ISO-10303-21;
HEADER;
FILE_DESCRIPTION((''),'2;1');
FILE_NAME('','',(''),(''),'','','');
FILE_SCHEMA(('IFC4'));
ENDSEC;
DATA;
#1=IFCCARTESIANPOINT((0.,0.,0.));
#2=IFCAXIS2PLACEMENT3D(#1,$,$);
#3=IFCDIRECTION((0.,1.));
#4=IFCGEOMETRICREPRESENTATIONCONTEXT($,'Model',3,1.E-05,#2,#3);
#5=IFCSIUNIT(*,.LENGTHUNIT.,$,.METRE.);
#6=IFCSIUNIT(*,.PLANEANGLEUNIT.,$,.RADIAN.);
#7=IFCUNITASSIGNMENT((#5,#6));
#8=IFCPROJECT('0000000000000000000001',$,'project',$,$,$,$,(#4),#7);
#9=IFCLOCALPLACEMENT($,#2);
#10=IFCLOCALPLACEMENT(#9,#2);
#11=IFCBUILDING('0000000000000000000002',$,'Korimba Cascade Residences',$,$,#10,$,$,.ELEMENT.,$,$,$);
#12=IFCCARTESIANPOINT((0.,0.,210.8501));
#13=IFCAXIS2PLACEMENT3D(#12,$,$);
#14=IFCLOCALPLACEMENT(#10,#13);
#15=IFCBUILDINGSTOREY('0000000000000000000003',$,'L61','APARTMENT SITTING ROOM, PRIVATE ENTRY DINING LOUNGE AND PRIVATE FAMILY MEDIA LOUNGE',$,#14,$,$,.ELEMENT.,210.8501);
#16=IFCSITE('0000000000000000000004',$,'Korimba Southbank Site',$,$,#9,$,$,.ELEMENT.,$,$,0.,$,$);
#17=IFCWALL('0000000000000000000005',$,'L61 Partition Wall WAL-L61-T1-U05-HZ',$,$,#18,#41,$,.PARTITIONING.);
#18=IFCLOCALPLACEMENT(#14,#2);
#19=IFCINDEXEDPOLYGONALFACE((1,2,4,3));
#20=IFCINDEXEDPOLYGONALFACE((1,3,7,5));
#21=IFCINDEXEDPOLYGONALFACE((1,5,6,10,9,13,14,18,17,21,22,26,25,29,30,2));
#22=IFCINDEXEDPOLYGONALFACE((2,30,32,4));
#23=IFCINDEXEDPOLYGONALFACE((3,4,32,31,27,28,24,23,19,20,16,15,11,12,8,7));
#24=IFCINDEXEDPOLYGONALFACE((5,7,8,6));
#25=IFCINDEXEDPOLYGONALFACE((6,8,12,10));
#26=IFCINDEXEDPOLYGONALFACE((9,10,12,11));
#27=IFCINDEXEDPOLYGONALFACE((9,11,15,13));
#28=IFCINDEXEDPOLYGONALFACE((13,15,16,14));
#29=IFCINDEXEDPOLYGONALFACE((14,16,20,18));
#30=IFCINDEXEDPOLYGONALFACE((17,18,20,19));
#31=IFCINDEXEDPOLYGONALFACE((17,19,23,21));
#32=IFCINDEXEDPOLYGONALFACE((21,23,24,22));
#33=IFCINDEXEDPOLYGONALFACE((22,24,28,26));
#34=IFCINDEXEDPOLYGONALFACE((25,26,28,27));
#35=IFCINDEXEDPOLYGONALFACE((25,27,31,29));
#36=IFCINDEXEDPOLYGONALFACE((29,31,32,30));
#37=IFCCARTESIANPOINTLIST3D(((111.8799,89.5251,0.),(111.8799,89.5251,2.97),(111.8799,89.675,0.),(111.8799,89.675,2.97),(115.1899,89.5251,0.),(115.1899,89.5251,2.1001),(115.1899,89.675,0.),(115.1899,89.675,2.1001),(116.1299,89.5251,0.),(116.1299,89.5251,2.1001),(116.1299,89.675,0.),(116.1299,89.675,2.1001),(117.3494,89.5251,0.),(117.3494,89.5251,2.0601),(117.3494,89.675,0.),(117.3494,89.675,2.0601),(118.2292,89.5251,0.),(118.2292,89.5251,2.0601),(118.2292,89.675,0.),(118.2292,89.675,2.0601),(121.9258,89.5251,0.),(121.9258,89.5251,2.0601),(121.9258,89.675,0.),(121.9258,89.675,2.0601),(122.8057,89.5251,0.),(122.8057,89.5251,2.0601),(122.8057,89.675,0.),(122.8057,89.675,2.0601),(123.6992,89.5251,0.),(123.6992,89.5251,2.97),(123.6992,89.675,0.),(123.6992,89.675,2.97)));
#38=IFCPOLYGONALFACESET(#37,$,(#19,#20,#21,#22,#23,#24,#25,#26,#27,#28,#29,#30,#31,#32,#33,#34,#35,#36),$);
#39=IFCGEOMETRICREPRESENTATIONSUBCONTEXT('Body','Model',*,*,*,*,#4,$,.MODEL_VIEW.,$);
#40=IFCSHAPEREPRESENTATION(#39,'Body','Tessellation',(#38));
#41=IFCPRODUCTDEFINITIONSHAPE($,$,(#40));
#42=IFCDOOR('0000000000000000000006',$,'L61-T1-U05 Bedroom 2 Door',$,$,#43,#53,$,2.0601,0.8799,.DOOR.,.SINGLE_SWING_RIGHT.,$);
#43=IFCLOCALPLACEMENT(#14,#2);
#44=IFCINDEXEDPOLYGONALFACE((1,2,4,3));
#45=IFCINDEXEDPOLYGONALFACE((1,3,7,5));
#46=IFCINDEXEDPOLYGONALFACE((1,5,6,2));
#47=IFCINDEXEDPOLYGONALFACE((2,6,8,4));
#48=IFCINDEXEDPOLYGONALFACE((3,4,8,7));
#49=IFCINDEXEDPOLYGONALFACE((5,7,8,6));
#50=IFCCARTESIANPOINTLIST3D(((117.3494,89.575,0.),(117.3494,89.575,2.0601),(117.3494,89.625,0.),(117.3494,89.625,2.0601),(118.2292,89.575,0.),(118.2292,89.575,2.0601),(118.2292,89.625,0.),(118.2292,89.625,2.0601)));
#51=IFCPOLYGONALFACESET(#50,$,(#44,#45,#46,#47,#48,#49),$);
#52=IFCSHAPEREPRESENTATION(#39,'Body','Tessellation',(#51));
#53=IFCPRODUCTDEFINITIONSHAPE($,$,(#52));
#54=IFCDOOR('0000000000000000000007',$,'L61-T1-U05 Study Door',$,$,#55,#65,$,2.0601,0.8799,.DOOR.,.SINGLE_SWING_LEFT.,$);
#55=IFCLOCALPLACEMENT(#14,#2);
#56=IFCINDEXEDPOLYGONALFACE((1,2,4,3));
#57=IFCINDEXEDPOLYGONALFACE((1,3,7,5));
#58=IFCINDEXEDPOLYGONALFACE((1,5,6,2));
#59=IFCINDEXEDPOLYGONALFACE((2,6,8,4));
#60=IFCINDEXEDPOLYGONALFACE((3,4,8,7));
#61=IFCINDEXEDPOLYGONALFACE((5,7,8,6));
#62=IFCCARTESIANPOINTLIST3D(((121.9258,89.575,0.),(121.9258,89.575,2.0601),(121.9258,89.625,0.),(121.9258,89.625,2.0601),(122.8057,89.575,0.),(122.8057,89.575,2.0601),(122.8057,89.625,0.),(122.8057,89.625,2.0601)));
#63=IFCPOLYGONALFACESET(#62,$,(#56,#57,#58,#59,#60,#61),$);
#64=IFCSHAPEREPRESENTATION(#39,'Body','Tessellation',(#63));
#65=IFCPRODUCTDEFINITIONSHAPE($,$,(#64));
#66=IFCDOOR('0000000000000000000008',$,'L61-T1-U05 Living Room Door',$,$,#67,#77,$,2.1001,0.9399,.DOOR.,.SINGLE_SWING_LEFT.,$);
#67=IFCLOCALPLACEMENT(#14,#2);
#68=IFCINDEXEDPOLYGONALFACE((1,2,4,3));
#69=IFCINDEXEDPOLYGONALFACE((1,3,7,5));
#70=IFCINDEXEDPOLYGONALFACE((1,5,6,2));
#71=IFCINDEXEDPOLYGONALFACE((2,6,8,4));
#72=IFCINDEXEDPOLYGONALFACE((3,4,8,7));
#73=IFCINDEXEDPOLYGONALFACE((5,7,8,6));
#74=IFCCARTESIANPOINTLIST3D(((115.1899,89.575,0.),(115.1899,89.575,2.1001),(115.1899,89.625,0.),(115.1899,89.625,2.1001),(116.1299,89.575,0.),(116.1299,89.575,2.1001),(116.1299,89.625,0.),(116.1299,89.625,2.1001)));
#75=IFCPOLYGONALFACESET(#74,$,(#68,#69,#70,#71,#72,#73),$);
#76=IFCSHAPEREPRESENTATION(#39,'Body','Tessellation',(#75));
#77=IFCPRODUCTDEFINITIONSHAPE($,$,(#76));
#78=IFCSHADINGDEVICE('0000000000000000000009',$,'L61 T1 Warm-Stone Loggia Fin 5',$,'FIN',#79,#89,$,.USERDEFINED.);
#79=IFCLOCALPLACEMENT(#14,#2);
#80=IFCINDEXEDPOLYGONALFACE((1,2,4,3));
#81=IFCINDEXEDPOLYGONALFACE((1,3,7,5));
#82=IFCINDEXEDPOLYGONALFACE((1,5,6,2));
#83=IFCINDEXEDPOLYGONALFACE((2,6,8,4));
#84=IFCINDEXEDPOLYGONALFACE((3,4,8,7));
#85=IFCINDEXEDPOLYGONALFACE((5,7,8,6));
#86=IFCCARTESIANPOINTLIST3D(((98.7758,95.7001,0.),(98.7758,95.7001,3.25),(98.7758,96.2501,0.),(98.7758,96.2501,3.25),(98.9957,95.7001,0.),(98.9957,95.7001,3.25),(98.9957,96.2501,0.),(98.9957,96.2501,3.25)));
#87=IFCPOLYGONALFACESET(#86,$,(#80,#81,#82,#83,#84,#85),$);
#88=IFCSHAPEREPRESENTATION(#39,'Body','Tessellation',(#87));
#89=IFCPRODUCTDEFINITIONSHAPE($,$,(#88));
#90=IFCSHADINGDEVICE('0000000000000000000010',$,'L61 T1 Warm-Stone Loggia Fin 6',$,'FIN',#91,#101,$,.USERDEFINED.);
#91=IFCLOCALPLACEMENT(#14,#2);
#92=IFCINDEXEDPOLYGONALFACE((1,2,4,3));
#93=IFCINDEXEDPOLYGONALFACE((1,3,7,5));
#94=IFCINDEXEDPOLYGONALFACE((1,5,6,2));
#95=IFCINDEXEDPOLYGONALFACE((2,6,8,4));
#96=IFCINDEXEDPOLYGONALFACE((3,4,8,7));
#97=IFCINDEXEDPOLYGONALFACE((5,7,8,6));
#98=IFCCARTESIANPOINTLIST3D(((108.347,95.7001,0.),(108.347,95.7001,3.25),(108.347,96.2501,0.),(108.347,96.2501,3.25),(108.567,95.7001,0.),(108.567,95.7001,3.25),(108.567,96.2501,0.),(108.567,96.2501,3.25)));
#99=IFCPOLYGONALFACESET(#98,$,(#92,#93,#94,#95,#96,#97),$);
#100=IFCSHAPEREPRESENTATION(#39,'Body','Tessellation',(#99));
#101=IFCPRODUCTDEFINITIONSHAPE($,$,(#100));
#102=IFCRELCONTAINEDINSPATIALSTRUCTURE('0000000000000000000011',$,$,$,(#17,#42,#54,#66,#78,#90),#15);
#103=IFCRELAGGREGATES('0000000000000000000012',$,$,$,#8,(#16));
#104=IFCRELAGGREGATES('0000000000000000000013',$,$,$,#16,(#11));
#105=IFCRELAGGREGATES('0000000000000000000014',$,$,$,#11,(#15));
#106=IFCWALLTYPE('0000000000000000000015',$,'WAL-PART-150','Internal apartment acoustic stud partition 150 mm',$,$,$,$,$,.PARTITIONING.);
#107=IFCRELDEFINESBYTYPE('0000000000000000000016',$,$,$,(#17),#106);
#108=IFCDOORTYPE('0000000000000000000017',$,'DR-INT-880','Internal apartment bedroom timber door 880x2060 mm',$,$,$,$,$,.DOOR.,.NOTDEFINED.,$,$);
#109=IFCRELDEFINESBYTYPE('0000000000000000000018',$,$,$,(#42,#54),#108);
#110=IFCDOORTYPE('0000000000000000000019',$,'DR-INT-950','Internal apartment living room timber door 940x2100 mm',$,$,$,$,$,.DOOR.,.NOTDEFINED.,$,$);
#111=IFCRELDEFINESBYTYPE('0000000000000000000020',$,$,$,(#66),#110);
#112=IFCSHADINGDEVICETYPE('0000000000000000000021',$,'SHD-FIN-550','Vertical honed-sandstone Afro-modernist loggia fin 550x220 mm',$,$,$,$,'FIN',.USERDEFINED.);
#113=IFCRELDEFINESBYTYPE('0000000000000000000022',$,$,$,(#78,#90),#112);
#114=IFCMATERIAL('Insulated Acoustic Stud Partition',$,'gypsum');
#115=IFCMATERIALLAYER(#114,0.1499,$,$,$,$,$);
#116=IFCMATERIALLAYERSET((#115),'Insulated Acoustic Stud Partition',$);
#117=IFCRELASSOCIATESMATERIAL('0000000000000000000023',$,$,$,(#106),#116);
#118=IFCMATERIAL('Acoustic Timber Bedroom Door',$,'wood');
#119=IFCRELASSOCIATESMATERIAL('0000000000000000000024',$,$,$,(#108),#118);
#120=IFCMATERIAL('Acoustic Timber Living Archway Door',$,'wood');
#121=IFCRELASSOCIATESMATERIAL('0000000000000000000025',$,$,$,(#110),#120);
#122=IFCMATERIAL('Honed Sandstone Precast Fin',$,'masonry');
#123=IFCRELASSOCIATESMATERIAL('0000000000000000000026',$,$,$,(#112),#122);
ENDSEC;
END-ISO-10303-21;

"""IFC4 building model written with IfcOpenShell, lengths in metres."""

from ifc_helpers import new_model, si_unit, direction, frame, frame_2d, origin, origin_2d, place, context, subcontext, project, spatial, rectangle, extrude, material, layer, layer_set, type_object, element, fill, save


model = new_model("IFC4")

# Units and contexts
model_context = context("Model", 3, precision=1e-05, world=origin(), true_north=direction((0.0, 1.0)))
body_context = subcontext(model_context, "Body", "Model", "MODEL_VIEW")
ifc_project = project(units=[si_unit("LENGTHUNIT", "METRE"), si_unit("PLANEANGLEUNIT", "RADIAN")], contexts=[model_context])

# Site, building, storey
site_placement = place(None, origin())
site = spatial("IfcSite", under=ifc_project, at=site_placement, Name="Korimba Southbank Site", CompositionType="ELEMENT", RefElevation=0.0)
building_placement = place(site_placement, origin())
building = spatial("IfcBuilding", under=site, at=building_placement, Name="Korimba Cascade Residences", CompositionType="ELEMENT")
storey_placement = place(building_placement, frame((0.0, 0.0, 210.8501)))
storey = spatial("IfcBuildingStorey", under=building, at=storey_placement, Name="L61", Description="APARTMENT SITTING ROOM, PRIVATE ENTRY DINING LOUNGE AND PRIVATE FAMILY MEDIA LOUNGE", CompositionType="ELEMENT", Elevation=210.8501)

# Shared definitions
ifc_material_1 = material(Name="Insulated Acoustic Stud Partition", Category="gypsum")
ifc_layer = layer(ifc_material_1, 0.1499)
ifc_layer_set = layer_set([ifc_layer], Name="Insulated Acoustic Stud Partition")
wall_type = type_object("IfcWallType", Name="WAL-PART-150", Description="Internal apartment acoustic stud partition 150 mm", PredefinedType="PARTITIONING", material=ifc_layer_set)

# Shared definitions
ifc_material_2 = material(Name="Acoustic Timber Bedroom Door", Category="wood")
door_type_1 = type_object("IfcDoorType", Name="DR-INT-880", Description="Internal apartment bedroom timber door 880x2060 mm", OperationType="NOTDEFINED", PredefinedType="DOOR", material=ifc_material_2)

# Shared definitions
ifc_material_3 = material(Name="Acoustic Timber Living Archway Door", Category="wood")
door_type_2 = type_object("IfcDoorType", Name="DR-INT-950", Description="Internal apartment living room timber door 940x2100 mm", OperationType="NOTDEFINED", PredefinedType="DOOR", material=ifc_material_3)

# Wall, openings, doors
wall_1_placement = place(storey_placement, frame((111.8799, 89.6001, 0.0), z_axis=(0.0, 0.0, 1.0), x_axis=(1.0, 0.0, 0.0)))
wall_1 = element("IfcWall", 1, at=wall_1_placement, inside=storey, type_object=wall_type, Name="L61 Partition Wall WAL-L61-T1-U05-HZ", PredefinedType="PARTITIONING", context=body_context, shape_type="SweptSolid", body=[
    extrude(rectangle(XDim=11.8193, YDim=0.1499, at=frame_2d((5.9097, 0.0))), origin(), (0.0, 0.0, 1.0), 2.97),
])
opening_1_placement = place(wall_1_placement, frame((3.3101, 0.0, 0.0)))
opening_1 = element("IfcOpeningElement", 2, at=opening_1_placement, cuts=wall_1, PredefinedType="OPENING", context=body_context, shape_type="SweptSolid", body=[
    extrude(rectangle(XDim=0.9399, YDim=2.1001, at=frame_2d((0.47, 1.05))), frame((0.0, 0.085, 0.0), z_axis=(0.0, -1.0, 0.0), x_axis=(1.0, 0.0, 0.0)), (0.0, 0.0, 1.0), 0.1699),
])
opening_2_placement = place(wall_1_placement, frame((5.4695, 0.0, 0.0)))
opening_2 = element("IfcOpeningElement", 3, at=opening_2_placement, cuts=wall_1, PredefinedType="OPENING", context=body_context, shape_type="SweptSolid", body=[
    extrude(rectangle(XDim=0.8799, YDim=2.0601, at=frame_2d((0.4399, 1.03))), frame((0.0, 0.085, 0.0), z_axis=(0.0, -1.0, 0.0), x_axis=(1.0, 0.0, 0.0)), (0.0, 0.0, 1.0), 0.1699),
])
opening_3_placement = place(wall_1_placement, frame((10.0459, 0.0, 0.0)))
opening_3 = element("IfcOpeningElement", 4, at=opening_3_placement, cuts=wall_1, PredefinedType="OPENING", context=body_context, shape_type="SweptSolid", body=[
    extrude(rectangle(XDim=0.8799, YDim=2.0601, at=frame_2d((0.4399, 1.03))), frame((0.0, 0.085, 0.0), z_axis=(0.0, -1.0, 0.0), x_axis=(1.0, 0.0, 0.0)), (0.0, 0.0, 1.0), 0.1699),
])
door_1_placement = place(opening_2_placement, origin())
door_1 = element("IfcDoor", 5, at=door_1_placement, inside=storey, type_object=door_type_1, Name="L61-T1-U05 Bedroom 2 Door", OperationType="SINGLE_SWING_RIGHT", OverallHeight=2.0601, OverallWidth=0.8799, PredefinedType="DOOR", context=body_context, shape_type="SweptSolid", body=[
    extrude(rectangle(XDim=0.8799, YDim=2.0601, at=frame_2d((0.4399, 1.03))), frame((0.0, 0.0249, 0.0), z_axis=(0.0, -1.0, 0.0), x_axis=(1.0, 0.0, 0.0)), (0.0, 0.0, 1.0), 0.05),
])
fill(opening_2, door_1)
door_2_placement = place(opening_3_placement, origin())
door_2 = element("IfcDoor", 6, at=door_2_placement, inside=storey, type_object=door_type_1, Name="L61-T1-U05 Study Door", OperationType="SINGLE_SWING_LEFT", OverallHeight=2.0601, OverallWidth=0.8799, PredefinedType="DOOR", context=body_context, shape_type="SweptSolid", body=[
    extrude(rectangle(XDim=0.8799, YDim=2.0601, at=frame_2d((0.4399, 1.03))), frame((0.0, 0.0249, 0.0), z_axis=(0.0, -1.0, 0.0), x_axis=(1.0, 0.0, 0.0)), (0.0, 0.0, 1.0), 0.05),
])
fill(opening_3, door_2)
door_3_placement = place(opening_1_placement, origin())
door_3 = element("IfcDoor", 7, at=door_3_placement, inside=storey, type_object=door_type_2, Name="L61-T1-U05 Living Room Door", OperationType="SINGLE_SWING_LEFT", OverallHeight=2.1001, OverallWidth=0.9399, PredefinedType="DOOR", context=body_context, shape_type="SweptSolid", body=[
    extrude(rectangle(XDim=0.9399, YDim=2.1001, at=frame_2d((0.47, 1.05))), frame((0.0, 0.0249, 0.0), z_axis=(0.0, -1.0, 0.0), x_axis=(1.0, 0.0, 0.0)), (0.0, 0.0, 1.0), 0.05),
])
fill(opening_1, door_3)

# Shading devices
ifc_material_4 = material(Name="Honed Sandstone Precast Fin", Category="masonry")
shading_device_type = type_object("IfcShadingDeviceType", Name="SHD-FIN-550", Description="Vertical honed-sandstone Afro-modernist loggia fin 550x220 mm", ElementType="FIN", PredefinedType="USERDEFINED", material=ifc_material_4)
for number, where, z_axis, x_axis, name in (
    (8, (98.8857, 95.9751, 0.0), (0.0, 0.0, 1.0), (1.0, 0.0, 0.0), "L61 T1 Warm-Stone Loggia Fin 5"),
    (9, (108.457, 95.9751, 0.0), (0.0, 0.0, 1.0), (1.0, 0.0, 0.0), "L61 T1 Warm-Stone Loggia Fin 6"),
):
    element("IfcShadingDevice", number, at=place(storey_placement, frame(where, z_axis=z_axis, x_axis=x_axis)), inside=storey, type_object=shading_device_type, Name=name, ObjectType="FIN", PredefinedType="USERDEFINED", context=body_context, shape_type="SweptSolid", body=[
        extrude(rectangle(XDim=0.22, YDim=0.55, at=origin_2d()), origin(), (0.0, 0.0, 1.0), 3.25),
    ])

save(model, "model.ifc")
